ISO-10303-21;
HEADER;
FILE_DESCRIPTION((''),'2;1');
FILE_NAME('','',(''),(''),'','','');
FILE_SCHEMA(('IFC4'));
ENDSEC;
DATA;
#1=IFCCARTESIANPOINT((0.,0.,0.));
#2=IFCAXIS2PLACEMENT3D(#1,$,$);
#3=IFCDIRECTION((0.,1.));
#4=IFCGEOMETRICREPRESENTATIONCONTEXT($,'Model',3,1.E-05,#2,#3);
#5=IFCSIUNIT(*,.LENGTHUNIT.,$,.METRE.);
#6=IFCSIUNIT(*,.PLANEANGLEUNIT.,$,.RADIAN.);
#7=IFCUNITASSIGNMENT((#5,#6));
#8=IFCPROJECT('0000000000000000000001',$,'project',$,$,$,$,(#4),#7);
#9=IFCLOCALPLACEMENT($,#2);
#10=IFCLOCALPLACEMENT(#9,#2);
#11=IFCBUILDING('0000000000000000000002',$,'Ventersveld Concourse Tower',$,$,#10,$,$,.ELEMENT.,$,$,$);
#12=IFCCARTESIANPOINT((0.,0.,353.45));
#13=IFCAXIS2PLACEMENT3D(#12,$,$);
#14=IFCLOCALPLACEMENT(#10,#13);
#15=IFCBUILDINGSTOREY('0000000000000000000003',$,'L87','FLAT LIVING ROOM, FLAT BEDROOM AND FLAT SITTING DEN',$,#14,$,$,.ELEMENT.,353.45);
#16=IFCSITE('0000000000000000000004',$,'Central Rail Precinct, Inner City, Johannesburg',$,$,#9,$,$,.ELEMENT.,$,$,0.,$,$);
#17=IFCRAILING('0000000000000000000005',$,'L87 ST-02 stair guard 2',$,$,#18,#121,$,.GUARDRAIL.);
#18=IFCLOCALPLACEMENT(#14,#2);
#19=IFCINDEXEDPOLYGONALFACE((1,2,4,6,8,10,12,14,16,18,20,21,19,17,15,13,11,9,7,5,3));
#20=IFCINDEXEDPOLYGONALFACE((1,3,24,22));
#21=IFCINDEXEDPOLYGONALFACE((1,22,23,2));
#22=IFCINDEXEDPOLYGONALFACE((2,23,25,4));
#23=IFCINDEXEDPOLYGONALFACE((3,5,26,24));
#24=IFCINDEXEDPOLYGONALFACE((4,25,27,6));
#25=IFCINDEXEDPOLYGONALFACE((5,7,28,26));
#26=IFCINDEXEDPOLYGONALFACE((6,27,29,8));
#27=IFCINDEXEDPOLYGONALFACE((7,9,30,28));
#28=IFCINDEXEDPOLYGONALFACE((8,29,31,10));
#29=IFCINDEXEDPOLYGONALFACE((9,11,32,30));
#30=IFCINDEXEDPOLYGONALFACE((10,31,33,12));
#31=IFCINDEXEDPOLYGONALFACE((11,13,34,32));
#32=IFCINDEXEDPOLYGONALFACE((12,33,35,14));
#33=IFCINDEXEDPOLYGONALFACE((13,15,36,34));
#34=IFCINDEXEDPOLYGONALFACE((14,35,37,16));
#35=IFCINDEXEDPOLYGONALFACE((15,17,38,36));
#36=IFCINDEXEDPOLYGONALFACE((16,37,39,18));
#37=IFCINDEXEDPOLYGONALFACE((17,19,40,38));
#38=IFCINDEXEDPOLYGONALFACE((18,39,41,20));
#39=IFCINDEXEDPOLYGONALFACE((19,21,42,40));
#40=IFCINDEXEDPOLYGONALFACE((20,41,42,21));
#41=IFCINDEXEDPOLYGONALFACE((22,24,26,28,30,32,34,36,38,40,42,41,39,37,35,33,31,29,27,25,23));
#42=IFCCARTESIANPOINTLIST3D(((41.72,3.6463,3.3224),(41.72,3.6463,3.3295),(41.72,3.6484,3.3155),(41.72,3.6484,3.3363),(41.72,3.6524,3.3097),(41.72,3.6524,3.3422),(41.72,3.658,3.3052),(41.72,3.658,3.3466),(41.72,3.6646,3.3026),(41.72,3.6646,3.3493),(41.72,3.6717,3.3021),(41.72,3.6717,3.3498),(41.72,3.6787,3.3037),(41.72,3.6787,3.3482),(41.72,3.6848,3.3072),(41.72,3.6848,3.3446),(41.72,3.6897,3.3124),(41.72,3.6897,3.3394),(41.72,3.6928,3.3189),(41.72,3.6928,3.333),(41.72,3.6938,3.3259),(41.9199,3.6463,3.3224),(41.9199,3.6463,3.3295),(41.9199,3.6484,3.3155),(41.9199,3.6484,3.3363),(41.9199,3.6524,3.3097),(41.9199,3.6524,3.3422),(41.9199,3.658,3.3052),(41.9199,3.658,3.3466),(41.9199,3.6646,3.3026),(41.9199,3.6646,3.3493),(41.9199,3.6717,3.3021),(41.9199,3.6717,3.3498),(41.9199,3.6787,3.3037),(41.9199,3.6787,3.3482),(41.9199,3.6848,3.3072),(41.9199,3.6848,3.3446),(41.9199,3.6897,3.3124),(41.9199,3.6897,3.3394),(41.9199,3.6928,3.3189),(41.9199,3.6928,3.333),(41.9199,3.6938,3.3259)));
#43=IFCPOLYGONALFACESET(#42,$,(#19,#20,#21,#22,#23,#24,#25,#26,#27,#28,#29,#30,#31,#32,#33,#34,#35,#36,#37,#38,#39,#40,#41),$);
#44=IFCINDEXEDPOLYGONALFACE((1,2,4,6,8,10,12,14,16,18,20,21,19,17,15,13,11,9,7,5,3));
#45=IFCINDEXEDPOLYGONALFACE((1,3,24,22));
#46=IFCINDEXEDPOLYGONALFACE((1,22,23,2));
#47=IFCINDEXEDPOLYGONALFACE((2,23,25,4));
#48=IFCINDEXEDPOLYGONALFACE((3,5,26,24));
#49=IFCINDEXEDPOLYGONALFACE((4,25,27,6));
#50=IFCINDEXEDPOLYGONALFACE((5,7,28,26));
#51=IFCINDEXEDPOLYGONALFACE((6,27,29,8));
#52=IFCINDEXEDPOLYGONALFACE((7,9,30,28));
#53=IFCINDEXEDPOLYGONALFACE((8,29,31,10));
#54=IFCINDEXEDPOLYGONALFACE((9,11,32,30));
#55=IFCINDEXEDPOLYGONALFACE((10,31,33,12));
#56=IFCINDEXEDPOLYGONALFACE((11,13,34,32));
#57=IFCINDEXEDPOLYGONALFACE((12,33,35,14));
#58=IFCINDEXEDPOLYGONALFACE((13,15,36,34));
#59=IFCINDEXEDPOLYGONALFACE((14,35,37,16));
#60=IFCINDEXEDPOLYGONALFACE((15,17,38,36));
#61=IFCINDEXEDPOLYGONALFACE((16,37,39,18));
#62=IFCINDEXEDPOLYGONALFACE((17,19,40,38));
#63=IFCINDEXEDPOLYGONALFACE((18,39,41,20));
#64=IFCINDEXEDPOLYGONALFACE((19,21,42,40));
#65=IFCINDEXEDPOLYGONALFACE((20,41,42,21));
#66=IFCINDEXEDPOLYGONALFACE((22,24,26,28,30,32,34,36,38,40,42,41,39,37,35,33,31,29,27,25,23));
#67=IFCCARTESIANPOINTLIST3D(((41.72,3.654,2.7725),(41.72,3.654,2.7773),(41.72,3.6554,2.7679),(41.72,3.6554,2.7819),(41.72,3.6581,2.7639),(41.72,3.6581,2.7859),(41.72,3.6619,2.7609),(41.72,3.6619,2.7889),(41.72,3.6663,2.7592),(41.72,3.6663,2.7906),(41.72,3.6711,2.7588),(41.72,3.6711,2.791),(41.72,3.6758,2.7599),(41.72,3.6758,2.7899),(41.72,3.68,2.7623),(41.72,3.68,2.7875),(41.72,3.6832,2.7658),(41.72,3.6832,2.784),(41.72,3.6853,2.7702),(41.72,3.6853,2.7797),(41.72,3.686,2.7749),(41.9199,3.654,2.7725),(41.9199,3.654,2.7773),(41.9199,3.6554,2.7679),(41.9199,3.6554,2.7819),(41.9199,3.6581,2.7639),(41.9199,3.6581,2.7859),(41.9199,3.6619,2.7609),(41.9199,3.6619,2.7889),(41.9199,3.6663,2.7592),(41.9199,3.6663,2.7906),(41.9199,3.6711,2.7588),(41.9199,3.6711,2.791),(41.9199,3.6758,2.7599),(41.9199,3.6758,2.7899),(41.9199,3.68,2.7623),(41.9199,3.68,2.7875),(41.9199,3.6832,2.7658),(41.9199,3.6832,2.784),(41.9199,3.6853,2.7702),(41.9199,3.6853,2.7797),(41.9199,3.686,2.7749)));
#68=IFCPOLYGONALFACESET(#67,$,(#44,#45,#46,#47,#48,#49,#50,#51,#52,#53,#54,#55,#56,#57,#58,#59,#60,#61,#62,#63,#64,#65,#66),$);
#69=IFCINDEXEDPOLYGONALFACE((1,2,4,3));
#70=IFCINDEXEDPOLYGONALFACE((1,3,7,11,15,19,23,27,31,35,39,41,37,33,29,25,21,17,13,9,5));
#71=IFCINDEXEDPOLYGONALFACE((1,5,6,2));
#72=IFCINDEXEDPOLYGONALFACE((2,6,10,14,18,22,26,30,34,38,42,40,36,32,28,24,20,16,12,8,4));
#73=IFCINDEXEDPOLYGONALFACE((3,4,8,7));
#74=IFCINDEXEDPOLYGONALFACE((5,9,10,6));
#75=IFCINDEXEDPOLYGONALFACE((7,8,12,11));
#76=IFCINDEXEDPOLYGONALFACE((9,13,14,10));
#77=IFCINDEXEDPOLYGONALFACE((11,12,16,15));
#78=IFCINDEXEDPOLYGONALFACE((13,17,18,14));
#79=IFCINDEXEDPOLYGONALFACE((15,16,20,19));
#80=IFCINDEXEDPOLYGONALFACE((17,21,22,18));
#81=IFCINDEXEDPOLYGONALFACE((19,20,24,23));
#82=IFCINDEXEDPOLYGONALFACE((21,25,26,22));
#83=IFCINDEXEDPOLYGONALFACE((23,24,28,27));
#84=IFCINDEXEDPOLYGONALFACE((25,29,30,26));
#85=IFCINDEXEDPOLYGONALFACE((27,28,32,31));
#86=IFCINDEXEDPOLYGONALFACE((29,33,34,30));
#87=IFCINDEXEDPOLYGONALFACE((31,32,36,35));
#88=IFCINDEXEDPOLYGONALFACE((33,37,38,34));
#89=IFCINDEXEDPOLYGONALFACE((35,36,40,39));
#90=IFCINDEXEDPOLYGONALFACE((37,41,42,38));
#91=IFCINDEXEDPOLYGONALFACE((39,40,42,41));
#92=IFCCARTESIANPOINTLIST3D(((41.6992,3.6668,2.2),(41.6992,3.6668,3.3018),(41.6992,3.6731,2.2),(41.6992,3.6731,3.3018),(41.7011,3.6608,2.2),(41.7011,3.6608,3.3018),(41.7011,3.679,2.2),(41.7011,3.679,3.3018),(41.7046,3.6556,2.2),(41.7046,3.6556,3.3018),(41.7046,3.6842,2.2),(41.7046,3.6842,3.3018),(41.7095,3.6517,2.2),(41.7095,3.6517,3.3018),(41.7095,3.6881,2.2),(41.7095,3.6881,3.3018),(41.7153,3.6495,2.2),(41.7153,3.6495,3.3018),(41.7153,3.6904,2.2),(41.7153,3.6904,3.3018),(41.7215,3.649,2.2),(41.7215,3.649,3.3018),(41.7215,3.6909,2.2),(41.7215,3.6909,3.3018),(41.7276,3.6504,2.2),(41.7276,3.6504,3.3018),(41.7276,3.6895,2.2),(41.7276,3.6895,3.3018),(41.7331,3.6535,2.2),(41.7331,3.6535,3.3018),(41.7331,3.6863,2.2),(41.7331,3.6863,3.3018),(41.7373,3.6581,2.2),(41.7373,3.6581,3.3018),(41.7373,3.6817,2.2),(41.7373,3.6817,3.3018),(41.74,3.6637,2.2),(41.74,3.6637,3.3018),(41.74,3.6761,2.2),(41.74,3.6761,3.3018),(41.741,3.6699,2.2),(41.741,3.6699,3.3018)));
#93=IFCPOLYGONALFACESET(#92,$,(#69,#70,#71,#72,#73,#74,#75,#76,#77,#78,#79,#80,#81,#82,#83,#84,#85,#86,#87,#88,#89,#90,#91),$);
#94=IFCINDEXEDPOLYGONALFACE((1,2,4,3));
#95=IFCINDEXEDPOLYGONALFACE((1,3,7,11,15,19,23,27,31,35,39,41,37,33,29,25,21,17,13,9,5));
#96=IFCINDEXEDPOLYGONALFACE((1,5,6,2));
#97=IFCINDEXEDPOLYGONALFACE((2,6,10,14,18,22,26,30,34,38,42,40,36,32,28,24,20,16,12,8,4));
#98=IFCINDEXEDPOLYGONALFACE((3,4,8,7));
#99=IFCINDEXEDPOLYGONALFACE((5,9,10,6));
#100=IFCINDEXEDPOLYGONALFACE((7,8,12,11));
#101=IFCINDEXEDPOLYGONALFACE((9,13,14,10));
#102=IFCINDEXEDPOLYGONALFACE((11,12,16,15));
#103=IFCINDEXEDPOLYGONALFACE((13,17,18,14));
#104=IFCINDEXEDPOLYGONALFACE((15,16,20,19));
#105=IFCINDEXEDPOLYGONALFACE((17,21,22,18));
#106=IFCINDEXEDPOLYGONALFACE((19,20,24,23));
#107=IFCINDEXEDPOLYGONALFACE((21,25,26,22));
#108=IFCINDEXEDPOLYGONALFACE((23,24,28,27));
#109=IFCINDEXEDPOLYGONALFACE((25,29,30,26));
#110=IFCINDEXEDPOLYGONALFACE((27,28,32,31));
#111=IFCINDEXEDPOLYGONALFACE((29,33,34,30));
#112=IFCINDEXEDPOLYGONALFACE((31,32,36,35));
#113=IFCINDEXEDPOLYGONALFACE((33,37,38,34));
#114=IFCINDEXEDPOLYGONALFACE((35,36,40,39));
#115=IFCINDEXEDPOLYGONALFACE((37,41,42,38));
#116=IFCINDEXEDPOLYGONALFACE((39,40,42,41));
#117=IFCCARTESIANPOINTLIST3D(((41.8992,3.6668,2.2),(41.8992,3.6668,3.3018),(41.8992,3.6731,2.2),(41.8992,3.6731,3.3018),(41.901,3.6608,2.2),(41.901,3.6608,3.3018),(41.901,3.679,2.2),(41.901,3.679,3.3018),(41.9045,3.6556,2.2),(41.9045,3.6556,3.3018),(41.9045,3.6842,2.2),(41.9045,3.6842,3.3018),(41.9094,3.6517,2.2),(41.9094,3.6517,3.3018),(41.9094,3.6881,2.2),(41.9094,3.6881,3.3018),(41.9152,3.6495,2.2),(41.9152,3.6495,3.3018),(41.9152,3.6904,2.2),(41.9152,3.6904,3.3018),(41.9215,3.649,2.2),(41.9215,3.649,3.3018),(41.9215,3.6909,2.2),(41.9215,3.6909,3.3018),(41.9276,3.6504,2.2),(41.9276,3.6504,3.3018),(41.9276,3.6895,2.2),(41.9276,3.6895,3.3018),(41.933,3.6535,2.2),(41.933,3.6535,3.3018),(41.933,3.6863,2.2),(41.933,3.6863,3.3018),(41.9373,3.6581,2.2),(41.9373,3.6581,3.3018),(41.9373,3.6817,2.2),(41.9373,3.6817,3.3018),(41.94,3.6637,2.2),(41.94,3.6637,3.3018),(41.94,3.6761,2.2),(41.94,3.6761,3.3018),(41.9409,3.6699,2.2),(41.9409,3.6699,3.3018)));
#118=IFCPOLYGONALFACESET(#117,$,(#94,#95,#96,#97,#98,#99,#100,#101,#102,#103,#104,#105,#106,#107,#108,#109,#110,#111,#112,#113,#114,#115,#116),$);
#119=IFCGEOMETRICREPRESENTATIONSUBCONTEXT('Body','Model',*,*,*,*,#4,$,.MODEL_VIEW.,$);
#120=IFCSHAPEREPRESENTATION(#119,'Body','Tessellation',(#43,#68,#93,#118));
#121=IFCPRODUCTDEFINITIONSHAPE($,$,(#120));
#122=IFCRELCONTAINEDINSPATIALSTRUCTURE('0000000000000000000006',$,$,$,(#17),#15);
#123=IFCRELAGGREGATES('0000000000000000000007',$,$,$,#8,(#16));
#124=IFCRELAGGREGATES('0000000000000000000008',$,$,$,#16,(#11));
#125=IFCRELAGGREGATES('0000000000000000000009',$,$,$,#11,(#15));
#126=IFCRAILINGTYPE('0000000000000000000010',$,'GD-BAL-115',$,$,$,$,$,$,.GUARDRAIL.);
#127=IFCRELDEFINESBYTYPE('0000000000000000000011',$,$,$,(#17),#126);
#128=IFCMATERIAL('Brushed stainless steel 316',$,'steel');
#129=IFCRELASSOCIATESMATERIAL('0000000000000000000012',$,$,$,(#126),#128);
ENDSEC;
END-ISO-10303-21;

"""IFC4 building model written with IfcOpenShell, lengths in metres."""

from ifc_helpers import new_model, si_unit, direction, frame, origin, origin_2d, place, context, subcontext, project, spatial, circle, extrude, material, type_object, element, save


model = new_model("IFC4")

# Units and contexts
model_context = context("Model", 3, precision=1e-05, world=origin(), true_north=direction((0.0, 1.0)))
body_context = subcontext(model_context, "Body", "Model", "MODEL_VIEW")
ifc_project = project(units=[si_unit("LENGTHUNIT", "METRE"), si_unit("PLANEANGLEUNIT", "RADIAN")], contexts=[model_context])

# Site, building, storey
site_placement = place(None, origin())
site = spatial("IfcSite", under=ifc_project, at=site_placement, Name="Central Rail Precinct, Inner City, Johannesburg", CompositionType="ELEMENT", RefElevation=0.0)
building_placement = place(site_placement, origin())
building = spatial("IfcBuilding", under=site, at=building_placement, Name="Ventersveld Concourse Tower", CompositionType="ELEMENT")
storey_placement = place(building_placement, frame((0.0, 0.0, 353.45)))
storey = spatial("IfcBuildingStorey", under=building, at=storey_placement, Name="L87", Description="FLAT LIVING ROOM, FLAT BEDROOM AND FLAT SITTING DEN", CompositionType="ELEMENT", Elevation=353.45)

# Shared definitions
ifc_material_1 = material(Name="Brushed stainless steel 316", Category="steel")

# Railing
railing_type_1 = type_object("IfcRailingType", Name="GD-BAL-115", PredefinedType="GUARDRAIL", material=ifc_material_1)
railing_1_placement = place(storey_placement, frame((41.72, 3.6699, 2.2)))
element("IfcRailing", 1, at=railing_1_placement, inside=storey, type_object=railing_type_1, Name="L87 ST-02 stair guard 2", PredefinedType="GUARDRAIL", context=body_context, shape_type="SweptSolid", body=[
    extrude(circle(Radius=0.0239, at=origin_2d()), frame((0.0, 0.0, 1.126), z_axis=(1.0, 0.0, 0.0), x_axis=(0.0, 1.0, 0.0)), (0.0, 0.0, 1.0), 0.2),
    extrude(circle(Radius=0.0161, at=origin_2d()), frame((0.0, 0.0, 0.575), z_axis=(1.0, 0.0, 0.0), x_axis=(0.0, 1.0, 0.0)), (0.0, 0.0, 1.0), 0.2),
    extrude(circle(Radius=0.021, at=origin_2d()), origin(), (0.0, 0.0, 1.0), 1.1018),
    extrude(circle(Radius=0.021, at=origin_2d()), frame((0.2, 0.0, 0.0)), (0.0, 0.0, 1.0), 1.1018),
])

save(model, "model.ifc")
